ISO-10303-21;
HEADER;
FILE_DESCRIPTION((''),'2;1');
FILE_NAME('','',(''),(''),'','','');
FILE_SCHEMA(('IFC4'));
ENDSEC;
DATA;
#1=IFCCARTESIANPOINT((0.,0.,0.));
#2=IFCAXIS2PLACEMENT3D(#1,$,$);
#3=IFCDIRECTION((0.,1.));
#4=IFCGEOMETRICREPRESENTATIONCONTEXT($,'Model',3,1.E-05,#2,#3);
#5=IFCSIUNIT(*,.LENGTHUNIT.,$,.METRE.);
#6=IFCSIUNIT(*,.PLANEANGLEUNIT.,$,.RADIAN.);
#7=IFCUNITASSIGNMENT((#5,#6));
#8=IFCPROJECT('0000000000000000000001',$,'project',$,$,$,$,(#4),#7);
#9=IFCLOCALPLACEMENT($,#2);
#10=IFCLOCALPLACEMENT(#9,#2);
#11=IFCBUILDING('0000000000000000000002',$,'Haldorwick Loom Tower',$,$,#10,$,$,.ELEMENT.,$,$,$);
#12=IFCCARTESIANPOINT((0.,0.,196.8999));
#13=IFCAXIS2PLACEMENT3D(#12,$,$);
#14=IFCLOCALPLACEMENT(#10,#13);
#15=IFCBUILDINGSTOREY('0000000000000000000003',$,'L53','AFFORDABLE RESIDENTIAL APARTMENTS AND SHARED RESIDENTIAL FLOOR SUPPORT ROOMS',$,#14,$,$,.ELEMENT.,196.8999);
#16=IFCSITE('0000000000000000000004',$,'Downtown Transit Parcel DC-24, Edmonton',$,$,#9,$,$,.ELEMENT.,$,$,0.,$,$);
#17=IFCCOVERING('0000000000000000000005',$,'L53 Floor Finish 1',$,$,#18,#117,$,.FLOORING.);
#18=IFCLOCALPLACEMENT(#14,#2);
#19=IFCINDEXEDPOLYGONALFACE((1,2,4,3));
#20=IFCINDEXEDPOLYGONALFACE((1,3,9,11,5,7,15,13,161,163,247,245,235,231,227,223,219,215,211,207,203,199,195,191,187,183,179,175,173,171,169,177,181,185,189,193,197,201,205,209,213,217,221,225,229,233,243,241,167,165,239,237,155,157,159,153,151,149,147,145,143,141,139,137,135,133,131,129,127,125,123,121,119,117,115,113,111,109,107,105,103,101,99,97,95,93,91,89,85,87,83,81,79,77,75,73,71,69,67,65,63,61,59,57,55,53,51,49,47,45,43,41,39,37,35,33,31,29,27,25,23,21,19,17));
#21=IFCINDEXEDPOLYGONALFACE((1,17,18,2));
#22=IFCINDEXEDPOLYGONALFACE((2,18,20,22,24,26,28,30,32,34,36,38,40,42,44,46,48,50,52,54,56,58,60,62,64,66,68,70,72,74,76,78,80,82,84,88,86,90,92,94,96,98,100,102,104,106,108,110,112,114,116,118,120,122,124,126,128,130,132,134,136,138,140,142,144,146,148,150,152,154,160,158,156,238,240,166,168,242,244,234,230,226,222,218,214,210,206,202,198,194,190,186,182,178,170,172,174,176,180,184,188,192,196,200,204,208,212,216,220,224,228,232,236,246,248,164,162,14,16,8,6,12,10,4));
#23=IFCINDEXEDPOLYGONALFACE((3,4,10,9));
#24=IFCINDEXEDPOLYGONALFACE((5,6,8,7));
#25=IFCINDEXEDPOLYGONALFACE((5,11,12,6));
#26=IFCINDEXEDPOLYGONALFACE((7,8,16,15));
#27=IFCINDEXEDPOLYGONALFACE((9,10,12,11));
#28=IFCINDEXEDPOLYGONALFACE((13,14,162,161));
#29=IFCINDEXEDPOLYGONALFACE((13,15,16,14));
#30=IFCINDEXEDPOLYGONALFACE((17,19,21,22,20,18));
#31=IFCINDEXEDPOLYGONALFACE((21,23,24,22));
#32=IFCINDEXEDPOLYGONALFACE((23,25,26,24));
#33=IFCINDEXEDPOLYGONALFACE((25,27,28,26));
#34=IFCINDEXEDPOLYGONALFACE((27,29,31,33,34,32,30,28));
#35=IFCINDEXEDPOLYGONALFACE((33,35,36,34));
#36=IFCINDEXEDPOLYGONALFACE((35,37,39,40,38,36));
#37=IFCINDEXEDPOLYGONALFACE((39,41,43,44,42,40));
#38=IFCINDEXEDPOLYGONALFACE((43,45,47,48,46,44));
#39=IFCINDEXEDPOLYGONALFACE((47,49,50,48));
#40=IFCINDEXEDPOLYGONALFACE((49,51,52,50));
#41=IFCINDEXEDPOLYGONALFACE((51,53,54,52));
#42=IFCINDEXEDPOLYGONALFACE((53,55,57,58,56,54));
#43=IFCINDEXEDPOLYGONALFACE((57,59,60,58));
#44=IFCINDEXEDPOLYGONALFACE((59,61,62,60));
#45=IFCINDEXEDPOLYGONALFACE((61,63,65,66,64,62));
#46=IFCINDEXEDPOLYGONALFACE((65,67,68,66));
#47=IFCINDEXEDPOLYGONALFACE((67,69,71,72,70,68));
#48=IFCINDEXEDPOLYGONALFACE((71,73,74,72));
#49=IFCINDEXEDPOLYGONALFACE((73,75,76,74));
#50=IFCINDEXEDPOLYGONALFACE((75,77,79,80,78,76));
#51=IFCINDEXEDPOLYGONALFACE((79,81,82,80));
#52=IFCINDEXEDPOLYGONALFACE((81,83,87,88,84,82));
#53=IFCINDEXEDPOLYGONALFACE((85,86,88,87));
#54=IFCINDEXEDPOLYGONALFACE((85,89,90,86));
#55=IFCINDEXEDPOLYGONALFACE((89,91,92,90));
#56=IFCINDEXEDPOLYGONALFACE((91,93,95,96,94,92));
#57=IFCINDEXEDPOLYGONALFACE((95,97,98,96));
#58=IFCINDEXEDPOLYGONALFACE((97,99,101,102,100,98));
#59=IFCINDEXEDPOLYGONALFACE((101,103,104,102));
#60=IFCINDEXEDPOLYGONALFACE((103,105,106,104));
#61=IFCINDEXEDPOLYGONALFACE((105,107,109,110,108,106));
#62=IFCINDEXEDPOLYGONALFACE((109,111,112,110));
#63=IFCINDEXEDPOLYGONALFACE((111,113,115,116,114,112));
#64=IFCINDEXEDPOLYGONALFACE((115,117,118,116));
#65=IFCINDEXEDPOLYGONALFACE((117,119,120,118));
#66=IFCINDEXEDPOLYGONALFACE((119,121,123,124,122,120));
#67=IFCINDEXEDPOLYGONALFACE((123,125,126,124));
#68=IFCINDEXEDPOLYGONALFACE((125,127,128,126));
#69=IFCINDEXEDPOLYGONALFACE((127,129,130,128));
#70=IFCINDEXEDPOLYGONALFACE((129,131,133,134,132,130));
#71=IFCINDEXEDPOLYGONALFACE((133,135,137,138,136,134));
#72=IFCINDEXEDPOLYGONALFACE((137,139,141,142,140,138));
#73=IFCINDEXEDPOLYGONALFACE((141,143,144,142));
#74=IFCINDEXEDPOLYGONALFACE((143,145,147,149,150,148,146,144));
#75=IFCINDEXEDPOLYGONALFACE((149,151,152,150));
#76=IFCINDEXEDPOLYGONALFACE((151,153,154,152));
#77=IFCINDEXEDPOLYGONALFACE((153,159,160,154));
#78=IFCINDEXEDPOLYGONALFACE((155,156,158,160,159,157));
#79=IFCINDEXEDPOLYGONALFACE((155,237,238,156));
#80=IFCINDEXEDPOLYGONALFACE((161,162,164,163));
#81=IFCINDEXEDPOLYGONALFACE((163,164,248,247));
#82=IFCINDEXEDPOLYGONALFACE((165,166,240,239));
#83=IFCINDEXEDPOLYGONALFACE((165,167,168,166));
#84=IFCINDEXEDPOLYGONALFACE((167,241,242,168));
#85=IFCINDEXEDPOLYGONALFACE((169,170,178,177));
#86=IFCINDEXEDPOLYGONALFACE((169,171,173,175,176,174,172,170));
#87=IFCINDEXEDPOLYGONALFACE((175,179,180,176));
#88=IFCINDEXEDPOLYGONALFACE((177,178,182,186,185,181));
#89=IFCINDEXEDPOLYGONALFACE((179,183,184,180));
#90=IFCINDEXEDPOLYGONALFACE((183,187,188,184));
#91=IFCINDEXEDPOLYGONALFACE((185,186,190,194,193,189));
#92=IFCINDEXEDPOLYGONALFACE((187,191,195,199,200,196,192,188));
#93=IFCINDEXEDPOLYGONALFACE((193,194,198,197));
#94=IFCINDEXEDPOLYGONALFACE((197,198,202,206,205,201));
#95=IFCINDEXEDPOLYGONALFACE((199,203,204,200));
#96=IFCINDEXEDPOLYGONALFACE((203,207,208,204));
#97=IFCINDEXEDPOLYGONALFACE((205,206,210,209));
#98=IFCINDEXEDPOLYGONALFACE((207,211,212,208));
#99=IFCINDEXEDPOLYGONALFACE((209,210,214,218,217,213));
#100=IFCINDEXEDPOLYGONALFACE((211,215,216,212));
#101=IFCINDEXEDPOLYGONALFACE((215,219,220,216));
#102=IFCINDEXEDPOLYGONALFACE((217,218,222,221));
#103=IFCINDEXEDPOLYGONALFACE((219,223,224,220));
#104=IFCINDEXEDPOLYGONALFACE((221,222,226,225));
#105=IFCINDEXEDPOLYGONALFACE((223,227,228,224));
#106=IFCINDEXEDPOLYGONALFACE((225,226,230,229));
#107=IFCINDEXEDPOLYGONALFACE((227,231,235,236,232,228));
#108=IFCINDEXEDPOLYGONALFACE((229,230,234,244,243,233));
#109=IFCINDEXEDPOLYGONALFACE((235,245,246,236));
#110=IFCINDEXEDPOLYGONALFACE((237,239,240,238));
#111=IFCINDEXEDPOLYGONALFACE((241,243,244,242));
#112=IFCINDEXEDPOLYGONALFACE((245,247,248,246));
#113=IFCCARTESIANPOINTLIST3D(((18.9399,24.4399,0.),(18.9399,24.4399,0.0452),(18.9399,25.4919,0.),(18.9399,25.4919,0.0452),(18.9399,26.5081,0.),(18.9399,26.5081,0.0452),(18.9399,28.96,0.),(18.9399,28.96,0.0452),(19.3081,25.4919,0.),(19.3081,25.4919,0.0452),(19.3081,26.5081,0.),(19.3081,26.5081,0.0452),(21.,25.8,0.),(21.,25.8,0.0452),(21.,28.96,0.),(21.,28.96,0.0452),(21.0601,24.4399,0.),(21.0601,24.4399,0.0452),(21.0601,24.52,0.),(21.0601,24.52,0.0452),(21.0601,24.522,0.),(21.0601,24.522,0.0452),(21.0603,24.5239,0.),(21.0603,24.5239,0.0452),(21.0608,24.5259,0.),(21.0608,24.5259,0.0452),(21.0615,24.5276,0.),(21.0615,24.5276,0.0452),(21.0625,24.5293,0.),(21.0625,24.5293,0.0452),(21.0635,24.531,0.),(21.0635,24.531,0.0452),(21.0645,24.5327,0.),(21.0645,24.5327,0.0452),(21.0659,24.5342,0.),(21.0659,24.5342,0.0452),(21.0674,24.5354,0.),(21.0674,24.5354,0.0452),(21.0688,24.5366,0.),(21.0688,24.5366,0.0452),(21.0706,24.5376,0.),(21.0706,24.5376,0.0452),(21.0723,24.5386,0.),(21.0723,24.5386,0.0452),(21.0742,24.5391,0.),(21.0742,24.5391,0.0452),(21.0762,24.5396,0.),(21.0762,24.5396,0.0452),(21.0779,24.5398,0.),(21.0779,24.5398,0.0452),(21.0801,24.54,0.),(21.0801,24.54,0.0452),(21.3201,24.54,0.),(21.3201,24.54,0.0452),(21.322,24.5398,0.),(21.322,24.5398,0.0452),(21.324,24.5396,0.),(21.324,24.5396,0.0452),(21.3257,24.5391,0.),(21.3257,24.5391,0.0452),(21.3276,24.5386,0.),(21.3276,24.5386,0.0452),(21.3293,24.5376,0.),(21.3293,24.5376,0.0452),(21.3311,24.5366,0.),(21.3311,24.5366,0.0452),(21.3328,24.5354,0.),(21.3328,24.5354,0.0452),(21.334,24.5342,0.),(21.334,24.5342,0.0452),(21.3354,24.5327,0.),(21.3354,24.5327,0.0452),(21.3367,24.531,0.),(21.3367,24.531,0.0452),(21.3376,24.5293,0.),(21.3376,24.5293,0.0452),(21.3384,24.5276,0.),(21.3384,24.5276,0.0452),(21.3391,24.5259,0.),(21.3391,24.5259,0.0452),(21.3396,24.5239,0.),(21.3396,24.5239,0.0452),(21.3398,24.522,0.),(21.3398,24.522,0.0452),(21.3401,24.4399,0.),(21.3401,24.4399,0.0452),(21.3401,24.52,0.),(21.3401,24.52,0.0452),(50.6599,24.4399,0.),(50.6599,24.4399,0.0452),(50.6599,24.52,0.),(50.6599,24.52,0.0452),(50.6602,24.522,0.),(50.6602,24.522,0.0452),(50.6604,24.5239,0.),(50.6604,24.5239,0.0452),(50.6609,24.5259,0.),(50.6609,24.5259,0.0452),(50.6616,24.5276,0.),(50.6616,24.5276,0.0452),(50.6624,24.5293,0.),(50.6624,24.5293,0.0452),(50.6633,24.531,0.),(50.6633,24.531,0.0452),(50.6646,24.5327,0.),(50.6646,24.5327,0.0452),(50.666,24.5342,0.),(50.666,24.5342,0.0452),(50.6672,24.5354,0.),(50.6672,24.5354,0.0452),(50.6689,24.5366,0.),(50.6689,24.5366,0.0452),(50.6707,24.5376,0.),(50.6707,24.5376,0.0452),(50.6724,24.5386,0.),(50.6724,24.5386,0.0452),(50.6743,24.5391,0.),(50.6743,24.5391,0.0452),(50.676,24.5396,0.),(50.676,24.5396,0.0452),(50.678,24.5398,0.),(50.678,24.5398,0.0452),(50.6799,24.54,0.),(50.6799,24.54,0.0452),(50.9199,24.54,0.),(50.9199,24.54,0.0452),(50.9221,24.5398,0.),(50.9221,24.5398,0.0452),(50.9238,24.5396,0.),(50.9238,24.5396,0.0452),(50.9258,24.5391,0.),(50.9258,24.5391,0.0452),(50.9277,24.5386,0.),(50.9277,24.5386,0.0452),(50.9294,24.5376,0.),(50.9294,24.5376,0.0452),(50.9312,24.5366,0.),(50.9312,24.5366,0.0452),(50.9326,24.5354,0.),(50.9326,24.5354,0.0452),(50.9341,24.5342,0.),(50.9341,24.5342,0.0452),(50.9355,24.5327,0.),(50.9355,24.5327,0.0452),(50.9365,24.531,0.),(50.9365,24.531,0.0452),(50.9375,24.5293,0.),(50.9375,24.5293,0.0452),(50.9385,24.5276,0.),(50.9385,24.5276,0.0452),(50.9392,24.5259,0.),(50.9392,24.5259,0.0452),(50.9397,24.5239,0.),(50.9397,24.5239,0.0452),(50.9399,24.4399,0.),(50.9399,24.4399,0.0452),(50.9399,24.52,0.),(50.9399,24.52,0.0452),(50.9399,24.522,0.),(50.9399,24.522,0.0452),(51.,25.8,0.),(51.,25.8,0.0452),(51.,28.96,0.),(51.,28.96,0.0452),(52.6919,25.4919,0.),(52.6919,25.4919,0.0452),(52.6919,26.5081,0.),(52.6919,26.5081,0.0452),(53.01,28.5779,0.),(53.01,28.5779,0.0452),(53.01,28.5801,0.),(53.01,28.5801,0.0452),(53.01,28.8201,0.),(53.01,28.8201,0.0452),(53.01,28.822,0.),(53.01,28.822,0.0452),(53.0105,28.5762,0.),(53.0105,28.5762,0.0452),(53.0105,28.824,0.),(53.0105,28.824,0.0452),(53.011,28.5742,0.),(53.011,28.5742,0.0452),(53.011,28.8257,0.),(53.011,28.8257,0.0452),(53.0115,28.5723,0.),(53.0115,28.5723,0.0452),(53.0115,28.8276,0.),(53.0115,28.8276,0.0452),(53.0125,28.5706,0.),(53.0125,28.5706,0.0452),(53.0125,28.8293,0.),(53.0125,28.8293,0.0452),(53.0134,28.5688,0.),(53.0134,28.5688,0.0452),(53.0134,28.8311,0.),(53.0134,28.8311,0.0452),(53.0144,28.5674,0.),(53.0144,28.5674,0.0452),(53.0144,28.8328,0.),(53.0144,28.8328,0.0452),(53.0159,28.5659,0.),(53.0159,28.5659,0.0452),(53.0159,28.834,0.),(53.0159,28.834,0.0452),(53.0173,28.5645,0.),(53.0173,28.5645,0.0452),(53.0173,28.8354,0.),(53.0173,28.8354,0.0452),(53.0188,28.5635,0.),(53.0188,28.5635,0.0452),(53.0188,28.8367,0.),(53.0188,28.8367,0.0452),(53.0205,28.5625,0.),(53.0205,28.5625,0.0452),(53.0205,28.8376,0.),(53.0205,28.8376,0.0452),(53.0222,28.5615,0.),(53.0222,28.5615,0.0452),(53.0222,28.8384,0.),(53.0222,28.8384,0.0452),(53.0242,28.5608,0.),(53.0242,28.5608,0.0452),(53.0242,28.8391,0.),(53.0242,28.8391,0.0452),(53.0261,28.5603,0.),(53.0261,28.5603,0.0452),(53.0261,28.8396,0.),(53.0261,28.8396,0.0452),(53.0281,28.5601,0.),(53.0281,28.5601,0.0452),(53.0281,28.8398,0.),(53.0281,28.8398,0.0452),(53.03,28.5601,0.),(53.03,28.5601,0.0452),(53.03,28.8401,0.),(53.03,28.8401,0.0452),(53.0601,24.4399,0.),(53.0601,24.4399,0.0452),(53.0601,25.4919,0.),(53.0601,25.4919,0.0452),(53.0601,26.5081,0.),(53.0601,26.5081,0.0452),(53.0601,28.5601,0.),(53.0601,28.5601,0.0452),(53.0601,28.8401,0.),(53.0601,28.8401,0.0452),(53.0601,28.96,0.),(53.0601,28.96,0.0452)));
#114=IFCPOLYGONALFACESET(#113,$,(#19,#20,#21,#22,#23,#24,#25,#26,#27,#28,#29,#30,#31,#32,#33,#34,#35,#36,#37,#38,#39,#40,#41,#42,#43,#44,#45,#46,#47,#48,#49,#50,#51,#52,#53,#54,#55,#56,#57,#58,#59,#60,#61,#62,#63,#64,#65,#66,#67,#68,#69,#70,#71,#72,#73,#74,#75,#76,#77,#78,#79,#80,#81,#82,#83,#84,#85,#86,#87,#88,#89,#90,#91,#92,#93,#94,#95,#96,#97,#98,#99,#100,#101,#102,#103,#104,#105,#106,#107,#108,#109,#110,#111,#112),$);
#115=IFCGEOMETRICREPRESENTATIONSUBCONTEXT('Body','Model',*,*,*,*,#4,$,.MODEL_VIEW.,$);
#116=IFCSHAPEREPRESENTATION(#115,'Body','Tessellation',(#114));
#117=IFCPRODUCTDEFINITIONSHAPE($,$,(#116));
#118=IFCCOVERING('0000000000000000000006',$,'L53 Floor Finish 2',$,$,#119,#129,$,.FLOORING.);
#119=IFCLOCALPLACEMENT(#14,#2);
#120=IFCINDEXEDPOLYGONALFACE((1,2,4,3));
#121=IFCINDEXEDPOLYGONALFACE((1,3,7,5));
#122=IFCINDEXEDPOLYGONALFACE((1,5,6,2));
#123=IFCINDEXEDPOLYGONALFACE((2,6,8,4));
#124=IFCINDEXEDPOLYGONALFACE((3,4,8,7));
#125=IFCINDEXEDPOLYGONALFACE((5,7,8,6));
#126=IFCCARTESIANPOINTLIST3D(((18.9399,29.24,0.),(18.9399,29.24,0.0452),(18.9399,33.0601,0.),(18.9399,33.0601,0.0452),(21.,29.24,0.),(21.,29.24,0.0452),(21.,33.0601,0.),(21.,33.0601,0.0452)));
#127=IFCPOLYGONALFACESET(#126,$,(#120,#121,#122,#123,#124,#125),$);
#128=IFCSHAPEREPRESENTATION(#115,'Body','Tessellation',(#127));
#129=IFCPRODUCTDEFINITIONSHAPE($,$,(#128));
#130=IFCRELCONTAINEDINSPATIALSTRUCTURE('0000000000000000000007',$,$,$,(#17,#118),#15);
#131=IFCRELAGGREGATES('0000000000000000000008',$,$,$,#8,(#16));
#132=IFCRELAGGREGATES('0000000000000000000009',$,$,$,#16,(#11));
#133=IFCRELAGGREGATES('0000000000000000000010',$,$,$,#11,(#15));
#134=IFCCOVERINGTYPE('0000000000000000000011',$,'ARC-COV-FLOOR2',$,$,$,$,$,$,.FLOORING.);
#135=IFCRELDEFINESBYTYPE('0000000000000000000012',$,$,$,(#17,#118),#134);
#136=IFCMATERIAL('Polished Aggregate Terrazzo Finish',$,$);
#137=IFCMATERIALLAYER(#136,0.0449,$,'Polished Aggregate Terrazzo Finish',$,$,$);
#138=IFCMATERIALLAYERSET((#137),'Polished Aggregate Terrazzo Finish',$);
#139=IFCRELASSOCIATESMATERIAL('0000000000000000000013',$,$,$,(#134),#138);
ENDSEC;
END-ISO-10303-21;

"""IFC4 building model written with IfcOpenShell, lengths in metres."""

from ifc_helpers import new_model, si_unit, direction, frame, origin, place, context, subcontext, project, spatial, polyline, outline, extrude, material, layer, layer_set, type_object, element, save


model = new_model("IFC4")

# Units and contexts
model_context = context("Model", 3, precision=1e-05, world=origin(), true_north=direction((0.0, 1.0)))
body_context = subcontext(model_context, "Body", "Model", "MODEL_VIEW")
ifc_project = project(units=[si_unit("LENGTHUNIT", "METRE"), si_unit("PLANEANGLEUNIT", "RADIAN")], contexts=[model_context])

# Site, building, storey
site_placement = place(None, origin())
site = spatial("IfcSite", under=ifc_project, at=site_placement, Name="Downtown Transit Parcel DC-24, Edmonton", CompositionType="ELEMENT", RefElevation=0.0)
building_placement = place(site_placement, origin())
building = spatial("IfcBuilding", under=site, at=building_placement, Name="Haldorwick Loom Tower", CompositionType="ELEMENT")
storey_placement = place(building_placement, frame((0.0, 0.0, 196.8999)))
storey = spatial("IfcBuildingStorey", under=building, at=storey_placement, Name="L53", Description="AFFORDABLE RESIDENTIAL APARTMENTS AND SHARED RESIDENTIAL FLOOR SUPPORT ROOMS", CompositionType="ELEMENT", Elevation=196.8999)

# Coverings
ifc_material_1 = material(Name="Polished Aggregate Terrazzo Finish")
ifc_layer_1 = layer(ifc_material_1, 0.0449, Name="Polished Aggregate Terrazzo Finish")
ifc_layer_set_1 = layer_set([ifc_layer_1], Name="Polished Aggregate Terrazzo Finish")
covering_type_1 = type_object("IfcCoveringType", Name="ARC-COV-FLOOR2", PredefinedType="FLOORING", material=ifc_layer_set_1)
covering_1_placement = place(storey_placement, origin())
element("IfcCovering", 1, at=covering_1_placement, inside=storey, type_object=covering_type_1, Name="L53 Floor Finish 1", PredefinedType="FLOORING", context=body_context, shape_type="SweptSolid", body=[
    extrude(outline(polyline([(51.0, 28.96), (51.0, 25.8), (21.0, 25.8), (21.0, 28.96), (18.9399, 28.96), (18.9399, 26.5081), (19.3081, 26.5081), (19.3081, 25.4919), (18.9399, 25.4919), (18.9399, 24.4399), (21.0601, 24.4399), (21.0601, 24.52), (21.0601, 24.522), (21.0603, 24.5239), (21.0608, 24.5259), (21.0615, 24.5276), (21.0625, 24.5293), (21.0635, 24.531), (21.0645, 24.5327), (21.0659, 24.5342), (21.0674, 24.5354), (21.0688, 24.5366), (21.0706, 24.5376), (21.0723, 24.5386), (21.0742, 24.5391), (21.0762, 24.5396), (21.0779, 24.5398), (21.0801, 24.54), (21.3201, 24.54), (21.322, 24.5398), (21.324, 24.5396), (21.3257, 24.5391), (21.3276, 24.5386), (21.3293, 24.5376), (21.3311, 24.5366), (21.3328, 24.5354), (21.334, 24.5342), (21.3354, 24.5327), (21.3367, 24.531), (21.3376, 24.5293), (21.3384, 24.5276), (21.3391, 24.5259), (21.3396, 24.5239), (21.3398, 24.522), (21.3401, 24.52), (21.3401, 24.4399), (50.6599, 24.4399), (50.6599, 24.52), (50.6602, 24.522), (50.6604, 24.5239), (50.6609, 24.5259), (50.6616, 24.5276), (50.6624, 24.5293), (50.6633, 24.531), (50.6646, 24.5327), (50.666, 24.5342), (50.6672, 24.5354), (50.6689, 24.5366), (50.6707, 24.5376), (50.6724, 24.5386), (50.6743, 24.5391), (50.676, 24.5396), (50.678, 24.5398), (50.6799, 24.54), (50.9199, 24.54), (50.9221, 24.5398), (50.9238, 24.5396), (50.9258, 24.5391), (50.9277, 24.5386), (50.9294, 24.5376), (50.9312, 24.5366), (50.9326, 24.5354), (50.9341, 24.5342), (50.9355, 24.5327), (50.9365, 24.531), (50.9375, 24.5293), (50.9385, 24.5276), (50.9392, 24.5259), (50.9397, 24.5239), (50.9399, 24.522), (50.9399, 24.52), (50.9399, 24.4399), (53.0601, 24.4399), (53.0601, 25.4919), (52.6919, 25.4919), (52.6919, 26.5081), (53.0601, 26.5081), (53.0601, 28.5601), (53.03, 28.5601), (53.0281, 28.5601), (53.0261, 28.5603), (53.0242, 28.5608), (53.0222, 28.5615), (53.0205, 28.5625), (53.0188, 28.5635), (53.0173, 28.5645), (53.0159, 28.5659), (53.0144, 28.5674), (53.0134, 28.5688), (53.0125, 28.5706), (53.0115, 28.5723), (53.011, 28.5742), (53.0105, 28.5762), (53.01, 28.5779), (53.01, 28.5801), (53.01, 28.8201), (53.01, 28.822), (53.0105, 28.824), (53.011, 28.8257), (53.0115, 28.8276), (53.0125, 28.8293), (53.0134, 28.8311), (53.0144, 28.8328), (53.0159, 28.834), (53.0173, 28.8354), (53.0188, 28.8367), (53.0205, 28.8376), (53.0222, 28.8384), (53.0242, 28.8391), (53.0261, 28.8396), (53.0281, 28.8398), (53.03, 28.8401), (53.0601, 28.8401), (53.0601, 28.96), (51.0, 28.96)])), origin(), (0.0, 0.0, 1.0), 0.0452),
])
covering_2_placement = place(storey_placement, origin())
element("IfcCovering", 2, at=covering_2_placement, inside=storey, type_object=covering_type_1, Name="L53 Floor Finish 2", PredefinedType="FLOORING", context=body_context, shape_type="SweptSolid", body=[
    extrude(outline(polyline([(18.9399, 33.0601), (18.9399, 29.24), (21.0, 29.24), (21.0, 33.0601), (18.9399, 33.0601)])), origin(), (0.0, 0.0, 1.0), 0.0452),
])

save(model, "model.ifc")
